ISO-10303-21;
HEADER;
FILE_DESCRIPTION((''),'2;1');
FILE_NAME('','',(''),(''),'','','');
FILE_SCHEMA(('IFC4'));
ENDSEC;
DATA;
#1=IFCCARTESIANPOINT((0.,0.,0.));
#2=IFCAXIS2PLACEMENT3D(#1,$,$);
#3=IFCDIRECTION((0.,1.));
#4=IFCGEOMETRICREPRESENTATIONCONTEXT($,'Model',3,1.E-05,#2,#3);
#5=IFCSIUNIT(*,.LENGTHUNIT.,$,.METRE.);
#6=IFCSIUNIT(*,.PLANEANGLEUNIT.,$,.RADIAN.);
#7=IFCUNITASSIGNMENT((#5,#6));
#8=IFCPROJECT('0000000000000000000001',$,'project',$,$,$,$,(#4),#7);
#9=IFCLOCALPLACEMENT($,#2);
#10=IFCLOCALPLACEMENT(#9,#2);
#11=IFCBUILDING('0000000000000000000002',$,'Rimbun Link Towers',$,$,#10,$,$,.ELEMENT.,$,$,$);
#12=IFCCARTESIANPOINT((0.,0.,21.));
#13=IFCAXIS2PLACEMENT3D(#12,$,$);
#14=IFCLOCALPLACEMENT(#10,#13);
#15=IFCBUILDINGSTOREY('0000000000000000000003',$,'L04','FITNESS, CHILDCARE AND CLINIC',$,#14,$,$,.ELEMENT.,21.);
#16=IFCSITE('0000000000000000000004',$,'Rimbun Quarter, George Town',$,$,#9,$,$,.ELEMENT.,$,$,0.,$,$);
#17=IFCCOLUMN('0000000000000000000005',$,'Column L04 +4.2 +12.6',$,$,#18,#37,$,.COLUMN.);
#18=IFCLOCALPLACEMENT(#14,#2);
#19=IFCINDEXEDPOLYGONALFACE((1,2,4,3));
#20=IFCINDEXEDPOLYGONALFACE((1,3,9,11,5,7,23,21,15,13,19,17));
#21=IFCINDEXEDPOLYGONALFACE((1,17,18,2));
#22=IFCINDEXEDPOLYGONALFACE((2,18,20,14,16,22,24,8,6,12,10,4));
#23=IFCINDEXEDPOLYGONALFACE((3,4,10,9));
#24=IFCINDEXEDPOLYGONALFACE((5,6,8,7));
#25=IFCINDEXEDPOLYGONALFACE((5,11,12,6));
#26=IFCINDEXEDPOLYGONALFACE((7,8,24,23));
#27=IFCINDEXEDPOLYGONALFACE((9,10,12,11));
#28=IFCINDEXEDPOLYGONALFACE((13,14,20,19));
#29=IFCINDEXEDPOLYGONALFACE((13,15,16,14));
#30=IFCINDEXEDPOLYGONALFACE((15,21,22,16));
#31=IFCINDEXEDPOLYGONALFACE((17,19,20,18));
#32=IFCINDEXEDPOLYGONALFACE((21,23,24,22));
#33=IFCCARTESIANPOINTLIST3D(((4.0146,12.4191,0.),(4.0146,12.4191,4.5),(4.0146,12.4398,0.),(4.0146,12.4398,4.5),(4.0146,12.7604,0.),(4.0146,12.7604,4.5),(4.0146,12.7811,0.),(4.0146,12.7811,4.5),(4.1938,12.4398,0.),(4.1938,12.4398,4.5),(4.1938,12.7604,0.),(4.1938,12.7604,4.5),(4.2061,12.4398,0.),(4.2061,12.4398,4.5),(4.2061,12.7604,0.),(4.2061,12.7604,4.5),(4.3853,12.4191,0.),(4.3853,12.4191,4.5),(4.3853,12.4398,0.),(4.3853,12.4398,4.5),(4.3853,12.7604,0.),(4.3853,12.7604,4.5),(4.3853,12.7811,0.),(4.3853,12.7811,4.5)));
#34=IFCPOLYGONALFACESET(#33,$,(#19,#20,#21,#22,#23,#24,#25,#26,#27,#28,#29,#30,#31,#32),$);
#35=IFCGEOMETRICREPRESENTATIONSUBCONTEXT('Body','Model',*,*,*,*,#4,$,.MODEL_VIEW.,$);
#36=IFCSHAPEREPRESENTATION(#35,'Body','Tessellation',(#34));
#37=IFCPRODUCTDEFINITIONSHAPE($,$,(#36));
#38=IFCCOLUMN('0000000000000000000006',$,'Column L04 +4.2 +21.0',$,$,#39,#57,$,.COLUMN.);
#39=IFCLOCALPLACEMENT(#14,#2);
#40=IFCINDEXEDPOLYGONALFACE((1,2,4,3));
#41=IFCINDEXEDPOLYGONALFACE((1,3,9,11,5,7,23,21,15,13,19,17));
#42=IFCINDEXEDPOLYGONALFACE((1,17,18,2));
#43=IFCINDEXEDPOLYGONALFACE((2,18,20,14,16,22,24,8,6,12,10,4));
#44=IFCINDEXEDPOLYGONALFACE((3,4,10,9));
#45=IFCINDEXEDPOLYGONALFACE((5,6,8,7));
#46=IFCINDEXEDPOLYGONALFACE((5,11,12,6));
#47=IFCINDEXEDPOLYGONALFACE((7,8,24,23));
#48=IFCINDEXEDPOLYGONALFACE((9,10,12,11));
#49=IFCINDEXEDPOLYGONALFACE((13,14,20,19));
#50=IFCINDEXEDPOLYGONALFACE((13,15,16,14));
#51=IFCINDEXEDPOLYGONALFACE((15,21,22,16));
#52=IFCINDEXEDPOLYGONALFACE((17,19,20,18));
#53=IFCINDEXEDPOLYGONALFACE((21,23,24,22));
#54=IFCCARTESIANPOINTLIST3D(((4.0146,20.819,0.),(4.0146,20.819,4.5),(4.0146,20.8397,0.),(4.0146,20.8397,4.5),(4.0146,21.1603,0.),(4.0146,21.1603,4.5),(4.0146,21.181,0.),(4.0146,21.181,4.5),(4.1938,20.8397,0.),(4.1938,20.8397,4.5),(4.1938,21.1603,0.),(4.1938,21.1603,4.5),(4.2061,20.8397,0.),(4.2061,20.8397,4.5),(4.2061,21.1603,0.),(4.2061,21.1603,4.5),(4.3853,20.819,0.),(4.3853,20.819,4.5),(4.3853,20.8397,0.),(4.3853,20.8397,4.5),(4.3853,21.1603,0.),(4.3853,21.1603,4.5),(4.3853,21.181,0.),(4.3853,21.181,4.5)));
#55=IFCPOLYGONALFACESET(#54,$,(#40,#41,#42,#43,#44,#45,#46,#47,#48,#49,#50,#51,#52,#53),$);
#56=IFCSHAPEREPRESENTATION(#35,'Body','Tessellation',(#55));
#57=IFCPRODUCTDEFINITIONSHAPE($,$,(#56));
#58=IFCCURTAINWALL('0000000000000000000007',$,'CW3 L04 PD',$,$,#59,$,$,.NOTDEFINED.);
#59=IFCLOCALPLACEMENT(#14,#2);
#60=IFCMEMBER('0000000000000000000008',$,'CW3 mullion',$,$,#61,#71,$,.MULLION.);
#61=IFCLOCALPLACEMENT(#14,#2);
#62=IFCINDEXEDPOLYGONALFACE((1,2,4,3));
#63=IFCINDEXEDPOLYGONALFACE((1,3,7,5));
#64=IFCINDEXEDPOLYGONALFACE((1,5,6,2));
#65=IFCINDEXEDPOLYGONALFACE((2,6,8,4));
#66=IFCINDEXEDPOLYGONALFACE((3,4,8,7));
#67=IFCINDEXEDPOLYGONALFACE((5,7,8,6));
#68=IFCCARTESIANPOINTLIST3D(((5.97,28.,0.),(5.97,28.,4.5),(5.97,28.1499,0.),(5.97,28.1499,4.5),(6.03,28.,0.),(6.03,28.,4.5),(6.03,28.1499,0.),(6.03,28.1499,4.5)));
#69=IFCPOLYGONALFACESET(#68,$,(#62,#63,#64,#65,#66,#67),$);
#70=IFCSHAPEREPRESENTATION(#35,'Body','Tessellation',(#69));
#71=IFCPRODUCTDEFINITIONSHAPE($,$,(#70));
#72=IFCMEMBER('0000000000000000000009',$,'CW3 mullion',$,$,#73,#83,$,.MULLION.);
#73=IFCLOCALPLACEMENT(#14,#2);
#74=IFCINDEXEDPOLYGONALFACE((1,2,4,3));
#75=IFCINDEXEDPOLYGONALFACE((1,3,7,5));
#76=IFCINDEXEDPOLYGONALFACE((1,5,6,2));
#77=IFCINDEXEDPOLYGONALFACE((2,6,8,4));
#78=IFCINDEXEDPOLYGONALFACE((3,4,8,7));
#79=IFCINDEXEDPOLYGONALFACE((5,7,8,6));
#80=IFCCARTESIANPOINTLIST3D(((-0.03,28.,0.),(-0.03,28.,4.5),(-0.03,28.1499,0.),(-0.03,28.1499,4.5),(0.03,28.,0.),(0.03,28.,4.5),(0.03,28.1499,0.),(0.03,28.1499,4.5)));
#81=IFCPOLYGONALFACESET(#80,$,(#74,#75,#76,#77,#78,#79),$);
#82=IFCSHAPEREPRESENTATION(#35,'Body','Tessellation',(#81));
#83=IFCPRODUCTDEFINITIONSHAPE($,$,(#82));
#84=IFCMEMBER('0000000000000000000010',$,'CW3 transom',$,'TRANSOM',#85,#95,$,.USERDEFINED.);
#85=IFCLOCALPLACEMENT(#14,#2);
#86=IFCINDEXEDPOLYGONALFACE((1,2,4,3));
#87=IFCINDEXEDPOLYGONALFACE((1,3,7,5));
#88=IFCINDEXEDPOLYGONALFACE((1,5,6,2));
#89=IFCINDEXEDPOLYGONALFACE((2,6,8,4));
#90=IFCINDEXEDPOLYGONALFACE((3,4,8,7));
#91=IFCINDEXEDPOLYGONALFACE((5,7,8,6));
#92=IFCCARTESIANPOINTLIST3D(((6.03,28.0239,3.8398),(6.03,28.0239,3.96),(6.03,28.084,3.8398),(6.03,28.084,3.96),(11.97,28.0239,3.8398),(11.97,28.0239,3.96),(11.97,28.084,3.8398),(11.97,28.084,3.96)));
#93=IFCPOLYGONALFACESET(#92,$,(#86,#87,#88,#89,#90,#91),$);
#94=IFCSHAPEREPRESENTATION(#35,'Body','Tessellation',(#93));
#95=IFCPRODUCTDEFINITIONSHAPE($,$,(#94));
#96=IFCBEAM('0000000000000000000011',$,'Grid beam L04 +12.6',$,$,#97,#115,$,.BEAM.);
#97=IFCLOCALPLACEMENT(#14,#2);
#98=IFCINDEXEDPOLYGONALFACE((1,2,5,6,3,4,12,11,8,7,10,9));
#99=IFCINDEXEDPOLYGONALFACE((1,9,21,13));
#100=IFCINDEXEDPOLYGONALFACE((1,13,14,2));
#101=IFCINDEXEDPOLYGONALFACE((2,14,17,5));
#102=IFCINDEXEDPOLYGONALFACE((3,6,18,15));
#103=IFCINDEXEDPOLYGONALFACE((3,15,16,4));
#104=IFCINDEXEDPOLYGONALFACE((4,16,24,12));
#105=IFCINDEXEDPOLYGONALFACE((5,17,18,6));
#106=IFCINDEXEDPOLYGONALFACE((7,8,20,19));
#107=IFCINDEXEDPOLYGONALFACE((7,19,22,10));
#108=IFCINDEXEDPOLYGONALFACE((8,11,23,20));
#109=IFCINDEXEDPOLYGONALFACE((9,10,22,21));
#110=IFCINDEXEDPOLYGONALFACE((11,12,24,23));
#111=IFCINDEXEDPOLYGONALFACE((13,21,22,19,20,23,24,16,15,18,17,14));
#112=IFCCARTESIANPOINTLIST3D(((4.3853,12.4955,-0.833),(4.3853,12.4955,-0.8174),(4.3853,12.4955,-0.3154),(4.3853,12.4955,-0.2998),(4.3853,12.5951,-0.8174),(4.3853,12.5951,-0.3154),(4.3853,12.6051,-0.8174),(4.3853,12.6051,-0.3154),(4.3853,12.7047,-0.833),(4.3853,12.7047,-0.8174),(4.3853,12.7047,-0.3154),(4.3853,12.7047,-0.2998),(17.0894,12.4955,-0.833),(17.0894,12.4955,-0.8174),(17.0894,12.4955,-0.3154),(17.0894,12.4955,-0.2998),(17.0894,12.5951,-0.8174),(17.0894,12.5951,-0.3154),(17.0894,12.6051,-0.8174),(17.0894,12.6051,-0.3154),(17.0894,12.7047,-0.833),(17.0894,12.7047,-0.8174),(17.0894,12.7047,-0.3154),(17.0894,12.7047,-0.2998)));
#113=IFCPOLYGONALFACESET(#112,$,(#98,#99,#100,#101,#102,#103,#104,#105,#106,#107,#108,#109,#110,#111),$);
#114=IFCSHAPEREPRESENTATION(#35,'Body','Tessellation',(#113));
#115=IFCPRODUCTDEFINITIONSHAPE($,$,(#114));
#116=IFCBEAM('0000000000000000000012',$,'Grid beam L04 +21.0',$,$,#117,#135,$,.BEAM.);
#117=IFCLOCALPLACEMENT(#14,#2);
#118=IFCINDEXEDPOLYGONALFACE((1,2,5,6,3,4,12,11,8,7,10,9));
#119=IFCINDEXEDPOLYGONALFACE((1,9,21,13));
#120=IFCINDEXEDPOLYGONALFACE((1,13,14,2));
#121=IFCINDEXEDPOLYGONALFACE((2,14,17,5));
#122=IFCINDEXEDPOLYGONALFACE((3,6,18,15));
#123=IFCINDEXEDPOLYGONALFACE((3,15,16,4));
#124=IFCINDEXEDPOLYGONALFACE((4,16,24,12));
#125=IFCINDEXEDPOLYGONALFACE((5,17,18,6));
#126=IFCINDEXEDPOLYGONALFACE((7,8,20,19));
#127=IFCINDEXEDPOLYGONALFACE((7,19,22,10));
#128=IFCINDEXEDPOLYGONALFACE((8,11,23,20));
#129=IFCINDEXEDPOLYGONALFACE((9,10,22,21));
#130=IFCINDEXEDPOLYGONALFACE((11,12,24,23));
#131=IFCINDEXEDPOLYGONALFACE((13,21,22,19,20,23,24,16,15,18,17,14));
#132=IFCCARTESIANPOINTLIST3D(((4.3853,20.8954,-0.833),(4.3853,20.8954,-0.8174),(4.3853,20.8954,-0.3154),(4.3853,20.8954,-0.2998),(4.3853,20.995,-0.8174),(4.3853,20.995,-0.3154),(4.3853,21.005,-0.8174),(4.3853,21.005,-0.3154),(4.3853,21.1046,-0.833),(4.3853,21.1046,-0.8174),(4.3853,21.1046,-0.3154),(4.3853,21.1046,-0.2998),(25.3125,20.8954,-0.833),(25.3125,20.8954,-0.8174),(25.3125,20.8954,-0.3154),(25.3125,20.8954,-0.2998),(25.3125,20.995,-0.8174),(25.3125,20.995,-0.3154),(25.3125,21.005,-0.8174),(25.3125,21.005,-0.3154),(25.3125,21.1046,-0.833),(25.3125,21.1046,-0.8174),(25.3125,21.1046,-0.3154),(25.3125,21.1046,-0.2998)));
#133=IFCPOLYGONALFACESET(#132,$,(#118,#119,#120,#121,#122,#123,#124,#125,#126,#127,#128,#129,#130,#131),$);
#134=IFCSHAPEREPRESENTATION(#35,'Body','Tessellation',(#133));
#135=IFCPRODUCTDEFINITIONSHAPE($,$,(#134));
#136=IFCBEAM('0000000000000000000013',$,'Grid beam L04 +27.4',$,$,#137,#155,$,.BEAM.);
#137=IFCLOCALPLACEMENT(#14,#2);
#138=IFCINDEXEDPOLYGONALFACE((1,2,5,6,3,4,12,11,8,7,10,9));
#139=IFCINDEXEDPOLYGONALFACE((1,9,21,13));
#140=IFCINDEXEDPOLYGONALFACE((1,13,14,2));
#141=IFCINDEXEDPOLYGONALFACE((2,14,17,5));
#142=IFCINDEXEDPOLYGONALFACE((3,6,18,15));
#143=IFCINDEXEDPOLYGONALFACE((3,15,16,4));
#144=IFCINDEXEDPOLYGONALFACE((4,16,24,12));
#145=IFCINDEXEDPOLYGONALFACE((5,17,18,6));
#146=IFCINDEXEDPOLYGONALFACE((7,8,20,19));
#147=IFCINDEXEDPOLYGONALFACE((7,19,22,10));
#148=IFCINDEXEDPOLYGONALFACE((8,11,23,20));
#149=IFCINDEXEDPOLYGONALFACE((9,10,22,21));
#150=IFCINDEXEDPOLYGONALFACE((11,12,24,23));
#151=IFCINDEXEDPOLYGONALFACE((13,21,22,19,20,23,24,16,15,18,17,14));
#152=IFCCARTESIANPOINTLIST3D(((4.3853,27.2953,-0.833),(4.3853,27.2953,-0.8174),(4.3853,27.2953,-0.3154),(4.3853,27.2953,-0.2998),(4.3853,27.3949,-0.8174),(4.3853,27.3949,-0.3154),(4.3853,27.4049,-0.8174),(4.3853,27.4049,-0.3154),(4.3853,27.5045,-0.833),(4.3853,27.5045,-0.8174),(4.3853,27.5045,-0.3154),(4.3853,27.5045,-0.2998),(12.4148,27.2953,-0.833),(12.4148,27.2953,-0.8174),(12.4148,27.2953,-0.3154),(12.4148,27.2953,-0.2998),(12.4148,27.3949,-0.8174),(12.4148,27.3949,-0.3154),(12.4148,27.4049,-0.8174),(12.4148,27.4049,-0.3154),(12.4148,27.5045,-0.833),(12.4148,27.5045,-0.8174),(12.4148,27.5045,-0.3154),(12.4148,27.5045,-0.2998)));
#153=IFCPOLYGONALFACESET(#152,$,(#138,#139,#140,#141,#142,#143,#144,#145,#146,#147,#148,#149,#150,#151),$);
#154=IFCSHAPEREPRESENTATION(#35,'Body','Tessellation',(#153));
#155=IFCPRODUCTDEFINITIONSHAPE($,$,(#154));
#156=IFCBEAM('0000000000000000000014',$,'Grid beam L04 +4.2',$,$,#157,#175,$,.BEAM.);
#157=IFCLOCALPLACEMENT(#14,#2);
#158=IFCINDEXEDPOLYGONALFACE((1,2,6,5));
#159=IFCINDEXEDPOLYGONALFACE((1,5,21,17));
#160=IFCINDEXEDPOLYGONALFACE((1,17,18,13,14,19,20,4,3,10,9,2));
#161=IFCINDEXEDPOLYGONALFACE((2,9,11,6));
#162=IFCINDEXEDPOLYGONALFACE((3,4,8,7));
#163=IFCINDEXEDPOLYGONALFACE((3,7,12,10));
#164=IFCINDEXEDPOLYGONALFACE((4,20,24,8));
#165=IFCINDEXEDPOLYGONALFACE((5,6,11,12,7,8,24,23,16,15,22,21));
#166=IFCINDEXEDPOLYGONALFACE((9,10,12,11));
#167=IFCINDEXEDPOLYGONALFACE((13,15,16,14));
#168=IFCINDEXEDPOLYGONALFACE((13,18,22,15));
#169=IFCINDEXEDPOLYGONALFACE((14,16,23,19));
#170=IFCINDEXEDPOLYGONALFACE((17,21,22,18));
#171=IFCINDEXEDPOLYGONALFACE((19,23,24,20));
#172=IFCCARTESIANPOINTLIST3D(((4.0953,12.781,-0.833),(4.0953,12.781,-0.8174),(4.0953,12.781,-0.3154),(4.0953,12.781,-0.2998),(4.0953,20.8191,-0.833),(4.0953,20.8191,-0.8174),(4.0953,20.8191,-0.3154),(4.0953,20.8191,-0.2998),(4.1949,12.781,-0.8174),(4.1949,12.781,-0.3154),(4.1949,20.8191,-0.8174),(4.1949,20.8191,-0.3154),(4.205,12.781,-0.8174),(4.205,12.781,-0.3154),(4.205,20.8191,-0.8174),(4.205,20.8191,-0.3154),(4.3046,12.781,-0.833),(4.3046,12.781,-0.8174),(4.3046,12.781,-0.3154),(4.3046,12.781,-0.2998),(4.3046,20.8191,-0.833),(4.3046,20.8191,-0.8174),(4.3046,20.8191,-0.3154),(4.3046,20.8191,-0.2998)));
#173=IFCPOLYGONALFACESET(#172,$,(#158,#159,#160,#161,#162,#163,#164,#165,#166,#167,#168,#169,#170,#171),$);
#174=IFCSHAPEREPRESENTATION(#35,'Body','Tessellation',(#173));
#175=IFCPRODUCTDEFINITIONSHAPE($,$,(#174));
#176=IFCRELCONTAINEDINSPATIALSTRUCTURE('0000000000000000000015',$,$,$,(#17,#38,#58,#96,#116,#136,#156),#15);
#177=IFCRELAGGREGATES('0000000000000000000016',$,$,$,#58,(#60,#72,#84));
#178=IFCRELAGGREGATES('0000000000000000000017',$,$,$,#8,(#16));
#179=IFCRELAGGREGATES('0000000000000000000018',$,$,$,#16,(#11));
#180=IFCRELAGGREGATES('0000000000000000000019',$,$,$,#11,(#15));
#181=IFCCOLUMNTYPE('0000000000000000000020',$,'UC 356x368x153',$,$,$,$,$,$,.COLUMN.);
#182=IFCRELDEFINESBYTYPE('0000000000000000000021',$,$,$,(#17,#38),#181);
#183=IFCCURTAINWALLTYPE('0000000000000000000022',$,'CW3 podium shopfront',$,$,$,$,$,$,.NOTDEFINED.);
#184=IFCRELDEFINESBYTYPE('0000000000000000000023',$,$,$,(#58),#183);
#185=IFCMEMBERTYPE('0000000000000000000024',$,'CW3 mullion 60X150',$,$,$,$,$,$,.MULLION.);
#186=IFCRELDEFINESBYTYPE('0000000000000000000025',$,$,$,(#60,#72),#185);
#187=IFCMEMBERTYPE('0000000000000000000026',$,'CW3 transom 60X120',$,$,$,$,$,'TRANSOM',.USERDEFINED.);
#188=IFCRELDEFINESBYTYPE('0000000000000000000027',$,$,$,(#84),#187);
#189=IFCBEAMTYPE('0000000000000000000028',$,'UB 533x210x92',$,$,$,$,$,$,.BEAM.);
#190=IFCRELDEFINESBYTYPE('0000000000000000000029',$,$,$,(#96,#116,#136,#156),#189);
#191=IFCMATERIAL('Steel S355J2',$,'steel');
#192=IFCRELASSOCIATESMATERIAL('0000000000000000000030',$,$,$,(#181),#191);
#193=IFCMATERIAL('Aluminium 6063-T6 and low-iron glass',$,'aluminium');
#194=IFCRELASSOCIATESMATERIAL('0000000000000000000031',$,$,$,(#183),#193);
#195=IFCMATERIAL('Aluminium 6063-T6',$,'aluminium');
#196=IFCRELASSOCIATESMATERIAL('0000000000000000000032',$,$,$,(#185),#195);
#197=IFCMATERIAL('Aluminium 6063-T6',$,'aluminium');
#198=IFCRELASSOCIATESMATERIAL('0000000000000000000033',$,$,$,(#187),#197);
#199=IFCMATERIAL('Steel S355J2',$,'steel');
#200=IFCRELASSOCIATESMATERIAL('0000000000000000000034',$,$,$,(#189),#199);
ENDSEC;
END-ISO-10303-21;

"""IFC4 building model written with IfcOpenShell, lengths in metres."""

from ifc_helpers import new_model, si_unit, direction, frame, origin, origin_2d, place, context, subcontext, project, spatial, rectangle, i_section, extrude, material, material_profile, profile_set, type_object, element, aggregate, save


model = new_model("IFC4")

# Units and contexts
model_context = context("Model", 3, precision=1e-05, world=origin(), true_north=direction((0.0, 1.0)))
body_context = subcontext(model_context, "Body", "Model", "MODEL_VIEW")
ifc_project = project(units=[si_unit("LENGTHUNIT", "METRE"), si_unit("PLANEANGLEUNIT", "RADIAN")], contexts=[model_context])

# Site, building, storey
site_placement = place(None, origin())
site = spatial("IfcSite", under=ifc_project, at=site_placement, Name="Rimbun Quarter, George Town", CompositionType="ELEMENT", RefElevation=0.0)
building_placement = place(site_placement, origin())
building = spatial("IfcBuilding", under=site, at=building_placement, Name="Rimbun Link Towers", CompositionType="ELEMENT")
storey_placement = place(building_placement, frame((0.0, 0.0, 21.0)))
storey = spatial("IfcBuildingStorey", under=building, at=storey_placement, Name="L04", Description="FITNESS, CHILDCARE AND CLINIC", CompositionType="ELEMENT", Elevation=21.0)

# Columns
ifc_material_1 = material(Name="Steel S355J2", Category="steel")
ifc_material_profile_1 = material_profile(ifc_material_1, i_section(OverallWidth=0.3706, OverallDepth=0.3621, WebThickness=0.0122, FlangeThickness=0.0208, at=origin_2d()), Name="UC 356x368x153")
ifc_profile_set_1 = profile_set([ifc_material_profile_1], Name="Steel S355J2")
column_type = type_object("IfcColumnType", Name="UC 356x368x153", PredefinedType="COLUMN", material=ifc_profile_set_1)
for number, where, z_axis, x_axis, name in (
    (1, (4.2, 12.6001, 0.0), (0.0, 0.0, 1.0), (1.0, 0.0, 0.0), "Column L04 +4.2 +12.6"),
    (2, (4.2, 21.0, 0.0), (0.0, 0.0, 1.0), (1.0, 0.0, 0.0), "Column L04 +4.2 +21.0"),
):
    element("IfcColumn", number, at=place(storey_placement, frame(where, z_axis=z_axis, x_axis=x_axis)), inside=storey, type_object=column_type, Name=name, PredefinedType="COLUMN", context=body_context, shape_type="SweptSolid", body=[
        extrude(i_section(OverallWidth=0.3706, OverallDepth=0.3621, WebThickness=0.0122, FlangeThickness=0.0208, at=origin_2d()), origin(), (0.0, 0.0, 1.0), 4.5),
    ])

# Curtain wall, members
ifc_material_2 = material(Name="Aluminium 6063-T6 and low-iron glass", Category="aluminium")
curtain_wall_type = type_object("IfcCurtainWallType", Name="CW3 podium shopfront", PredefinedType="NOTDEFINED", material=ifc_material_2)
curtain_wall_placement = place(storey_placement, origin())
curtain_wall = element("IfcCurtainWall", 3, at=curtain_wall_placement, inside=storey, type_object=curtain_wall_type, Name="CW3 L04 PD", PredefinedType="NOTDEFINED")
ifc_material_3 = material(Name="Aluminium 6063-T6", Category="aluminium")
ifc_material_profile_2 = material_profile(ifc_material_3, rectangle(XDim=0.1499, YDim=0.0601, at=origin_2d()), Name="MULLION 60X150")
ifc_profile_set_2 = profile_set([ifc_material_profile_2], Name="Aluminium 6063-T6")
member_type_1 = type_object("IfcMemberType", Name="CW3 mullion 60X150", PredefinedType="MULLION", material=ifc_profile_set_2)
member_1_placement = place(storey_placement, frame((6.0, 28.075, 0.0), z_axis=(0.0, 0.0, 1.0), x_axis=(0.0, 1.0, 0.0)))
member_1 = element("IfcMember", 4, at=member_1_placement, type_object=member_type_1, Name="CW3 mullion", PredefinedType="MULLION", context=body_context, shape_type="SweptSolid", body=[
    extrude(rectangle(XDim=0.1499, YDim=0.0601, at=origin_2d()), origin(), (0.0, 0.0, 1.0), 4.5),
])
member_2_placement = place(storey_placement, frame((0.0, 28.075, 0.0), z_axis=(0.0, 0.0, 1.0), x_axis=(0.0, 1.0, 0.0)))
member_2 = element("IfcMember", 5, at=member_2_placement, type_object=member_type_1, Name="CW3 mullion", PredefinedType="MULLION", context=body_context, shape_type="SweptSolid", body=[
    extrude(rectangle(XDim=0.1499, YDim=0.0601, at=origin_2d()), origin(), (0.0, 0.0, 1.0), 4.5),
])
ifc_material_4 = material(Name="Aluminium 6063-T6", Category="aluminium")
ifc_material_profile_3 = material_profile(ifc_material_4, rectangle(XDim=0.0601, YDim=0.1201, at=origin_2d()), Name="TRANSOM 60X120")
ifc_profile_set_3 = profile_set([ifc_material_profile_3], Name="Aluminium 6063-T6")
member_type_2 = type_object("IfcMemberType", Name="CW3 transom 60X120", ElementType="TRANSOM", PredefinedType="USERDEFINED", material=ifc_profile_set_3)
member_3_placement = place(storey_placement, frame((6.03, 28.054, 3.8999), z_axis=(1.0, 0.0, 0.0), x_axis=(0.0, 1.0, 0.0)))
member_3 = element("IfcMember", 6, at=member_3_placement, type_object=member_type_2, Name="CW3 transom", ObjectType="TRANSOM", PredefinedType="USERDEFINED", context=body_context, shape_type="SweptSolid", body=[
    extrude(rectangle(XDim=0.0601, YDim=0.1201, at=origin_2d()), origin(), (0.0, 0.0, 1.0), 5.9399),
])
aggregate(curtain_wall, [member_1, member_2, member_3])

# Beams
ifc_material_5 = material(Name="Steel S355J2", Category="steel")
ifc_material_profile_4 = material_profile(ifc_material_5, i_section(OverallWidth=0.2092, OverallDepth=0.5332, WebThickness=0.01, FlangeThickness=0.0156, at=origin_2d()), Name="UB 533x210x92")
ifc_profile_set_4 = profile_set([ifc_material_profile_4], Name="Steel S355J2")
beam_type = type_object("IfcBeamType", Name="UB 533x210x92", PredefinedType="BEAM", material=ifc_profile_set_4)
beam_1_placement = place(storey_placement, frame((4.3853, 12.6001, -0.5664), z_axis=(1.0, 0.0, 0.0), x_axis=(0.0, 1.0, 0.0)))
element("IfcBeam", 7, at=beam_1_placement, inside=storey, type_object=beam_type, Name="Grid beam L04 +12.6", PredefinedType="BEAM", context=body_context, shape_type="SweptSolid", body=[
    extrude(i_section(OverallWidth=0.2092, OverallDepth=0.5332, WebThickness=0.01, FlangeThickness=0.0156, at=origin_2d()), origin(), (0.0, 0.0, 1.0), 12.7041),
])
beam_2_placement = place(storey_placement, frame((4.3853, 21.0, -0.5664), z_axis=(1.0, 0.0, 0.0), x_axis=(0.0, 1.0, 0.0)))
element("IfcBeam", 8, at=beam_2_placement, inside=storey, type_object=beam_type, Name="Grid beam L04 +21.0", PredefinedType="BEAM", context=body_context, shape_type="SweptSolid", body=[
    extrude(i_section(OverallWidth=0.2092, OverallDepth=0.5332, WebThickness=0.01, FlangeThickness=0.0156, at=origin_2d()), origin(), (0.0, 0.0, 1.0), 20.9272),
])
beam_3_placement = place(storey_placement, frame((4.3853, 27.3999, -0.5664), z_axis=(1.0, 0.0, 0.0), x_axis=(0.0, 1.0, 0.0)))
element("IfcBeam", 9, at=beam_3_placement, inside=storey, type_object=beam_type, Name="Grid beam L04 +27.4", PredefinedType="BEAM", context=body_context, shape_type="SweptSolid", body=[
    extrude(i_section(OverallWidth=0.2092, OverallDepth=0.5332, WebThickness=0.01, FlangeThickness=0.0156, at=origin_2d()), origin(), (0.0, 0.0, 1.0), 8.0295),
])
beam_4_placement = place(storey_placement, frame((4.2, 12.781, -0.5664), z_axis=(0.0, 1.0, 0.0), x_axis=(-1.0, 0.0, 0.0)))
element("IfcBeam", 10, at=beam_4_placement, inside=storey, type_object=beam_type, Name="Grid beam L04 +4.2", PredefinedType="BEAM", context=body_context, shape_type="SweptSolid", body=[
    extrude(i_section(OverallWidth=0.2092, OverallDepth=0.5332, WebThickness=0.01, FlangeThickness=0.0156, at=origin_2d()), origin(), (0.0, 0.0, 1.0), 8.0381),
])

save(model, "model.ifc")
